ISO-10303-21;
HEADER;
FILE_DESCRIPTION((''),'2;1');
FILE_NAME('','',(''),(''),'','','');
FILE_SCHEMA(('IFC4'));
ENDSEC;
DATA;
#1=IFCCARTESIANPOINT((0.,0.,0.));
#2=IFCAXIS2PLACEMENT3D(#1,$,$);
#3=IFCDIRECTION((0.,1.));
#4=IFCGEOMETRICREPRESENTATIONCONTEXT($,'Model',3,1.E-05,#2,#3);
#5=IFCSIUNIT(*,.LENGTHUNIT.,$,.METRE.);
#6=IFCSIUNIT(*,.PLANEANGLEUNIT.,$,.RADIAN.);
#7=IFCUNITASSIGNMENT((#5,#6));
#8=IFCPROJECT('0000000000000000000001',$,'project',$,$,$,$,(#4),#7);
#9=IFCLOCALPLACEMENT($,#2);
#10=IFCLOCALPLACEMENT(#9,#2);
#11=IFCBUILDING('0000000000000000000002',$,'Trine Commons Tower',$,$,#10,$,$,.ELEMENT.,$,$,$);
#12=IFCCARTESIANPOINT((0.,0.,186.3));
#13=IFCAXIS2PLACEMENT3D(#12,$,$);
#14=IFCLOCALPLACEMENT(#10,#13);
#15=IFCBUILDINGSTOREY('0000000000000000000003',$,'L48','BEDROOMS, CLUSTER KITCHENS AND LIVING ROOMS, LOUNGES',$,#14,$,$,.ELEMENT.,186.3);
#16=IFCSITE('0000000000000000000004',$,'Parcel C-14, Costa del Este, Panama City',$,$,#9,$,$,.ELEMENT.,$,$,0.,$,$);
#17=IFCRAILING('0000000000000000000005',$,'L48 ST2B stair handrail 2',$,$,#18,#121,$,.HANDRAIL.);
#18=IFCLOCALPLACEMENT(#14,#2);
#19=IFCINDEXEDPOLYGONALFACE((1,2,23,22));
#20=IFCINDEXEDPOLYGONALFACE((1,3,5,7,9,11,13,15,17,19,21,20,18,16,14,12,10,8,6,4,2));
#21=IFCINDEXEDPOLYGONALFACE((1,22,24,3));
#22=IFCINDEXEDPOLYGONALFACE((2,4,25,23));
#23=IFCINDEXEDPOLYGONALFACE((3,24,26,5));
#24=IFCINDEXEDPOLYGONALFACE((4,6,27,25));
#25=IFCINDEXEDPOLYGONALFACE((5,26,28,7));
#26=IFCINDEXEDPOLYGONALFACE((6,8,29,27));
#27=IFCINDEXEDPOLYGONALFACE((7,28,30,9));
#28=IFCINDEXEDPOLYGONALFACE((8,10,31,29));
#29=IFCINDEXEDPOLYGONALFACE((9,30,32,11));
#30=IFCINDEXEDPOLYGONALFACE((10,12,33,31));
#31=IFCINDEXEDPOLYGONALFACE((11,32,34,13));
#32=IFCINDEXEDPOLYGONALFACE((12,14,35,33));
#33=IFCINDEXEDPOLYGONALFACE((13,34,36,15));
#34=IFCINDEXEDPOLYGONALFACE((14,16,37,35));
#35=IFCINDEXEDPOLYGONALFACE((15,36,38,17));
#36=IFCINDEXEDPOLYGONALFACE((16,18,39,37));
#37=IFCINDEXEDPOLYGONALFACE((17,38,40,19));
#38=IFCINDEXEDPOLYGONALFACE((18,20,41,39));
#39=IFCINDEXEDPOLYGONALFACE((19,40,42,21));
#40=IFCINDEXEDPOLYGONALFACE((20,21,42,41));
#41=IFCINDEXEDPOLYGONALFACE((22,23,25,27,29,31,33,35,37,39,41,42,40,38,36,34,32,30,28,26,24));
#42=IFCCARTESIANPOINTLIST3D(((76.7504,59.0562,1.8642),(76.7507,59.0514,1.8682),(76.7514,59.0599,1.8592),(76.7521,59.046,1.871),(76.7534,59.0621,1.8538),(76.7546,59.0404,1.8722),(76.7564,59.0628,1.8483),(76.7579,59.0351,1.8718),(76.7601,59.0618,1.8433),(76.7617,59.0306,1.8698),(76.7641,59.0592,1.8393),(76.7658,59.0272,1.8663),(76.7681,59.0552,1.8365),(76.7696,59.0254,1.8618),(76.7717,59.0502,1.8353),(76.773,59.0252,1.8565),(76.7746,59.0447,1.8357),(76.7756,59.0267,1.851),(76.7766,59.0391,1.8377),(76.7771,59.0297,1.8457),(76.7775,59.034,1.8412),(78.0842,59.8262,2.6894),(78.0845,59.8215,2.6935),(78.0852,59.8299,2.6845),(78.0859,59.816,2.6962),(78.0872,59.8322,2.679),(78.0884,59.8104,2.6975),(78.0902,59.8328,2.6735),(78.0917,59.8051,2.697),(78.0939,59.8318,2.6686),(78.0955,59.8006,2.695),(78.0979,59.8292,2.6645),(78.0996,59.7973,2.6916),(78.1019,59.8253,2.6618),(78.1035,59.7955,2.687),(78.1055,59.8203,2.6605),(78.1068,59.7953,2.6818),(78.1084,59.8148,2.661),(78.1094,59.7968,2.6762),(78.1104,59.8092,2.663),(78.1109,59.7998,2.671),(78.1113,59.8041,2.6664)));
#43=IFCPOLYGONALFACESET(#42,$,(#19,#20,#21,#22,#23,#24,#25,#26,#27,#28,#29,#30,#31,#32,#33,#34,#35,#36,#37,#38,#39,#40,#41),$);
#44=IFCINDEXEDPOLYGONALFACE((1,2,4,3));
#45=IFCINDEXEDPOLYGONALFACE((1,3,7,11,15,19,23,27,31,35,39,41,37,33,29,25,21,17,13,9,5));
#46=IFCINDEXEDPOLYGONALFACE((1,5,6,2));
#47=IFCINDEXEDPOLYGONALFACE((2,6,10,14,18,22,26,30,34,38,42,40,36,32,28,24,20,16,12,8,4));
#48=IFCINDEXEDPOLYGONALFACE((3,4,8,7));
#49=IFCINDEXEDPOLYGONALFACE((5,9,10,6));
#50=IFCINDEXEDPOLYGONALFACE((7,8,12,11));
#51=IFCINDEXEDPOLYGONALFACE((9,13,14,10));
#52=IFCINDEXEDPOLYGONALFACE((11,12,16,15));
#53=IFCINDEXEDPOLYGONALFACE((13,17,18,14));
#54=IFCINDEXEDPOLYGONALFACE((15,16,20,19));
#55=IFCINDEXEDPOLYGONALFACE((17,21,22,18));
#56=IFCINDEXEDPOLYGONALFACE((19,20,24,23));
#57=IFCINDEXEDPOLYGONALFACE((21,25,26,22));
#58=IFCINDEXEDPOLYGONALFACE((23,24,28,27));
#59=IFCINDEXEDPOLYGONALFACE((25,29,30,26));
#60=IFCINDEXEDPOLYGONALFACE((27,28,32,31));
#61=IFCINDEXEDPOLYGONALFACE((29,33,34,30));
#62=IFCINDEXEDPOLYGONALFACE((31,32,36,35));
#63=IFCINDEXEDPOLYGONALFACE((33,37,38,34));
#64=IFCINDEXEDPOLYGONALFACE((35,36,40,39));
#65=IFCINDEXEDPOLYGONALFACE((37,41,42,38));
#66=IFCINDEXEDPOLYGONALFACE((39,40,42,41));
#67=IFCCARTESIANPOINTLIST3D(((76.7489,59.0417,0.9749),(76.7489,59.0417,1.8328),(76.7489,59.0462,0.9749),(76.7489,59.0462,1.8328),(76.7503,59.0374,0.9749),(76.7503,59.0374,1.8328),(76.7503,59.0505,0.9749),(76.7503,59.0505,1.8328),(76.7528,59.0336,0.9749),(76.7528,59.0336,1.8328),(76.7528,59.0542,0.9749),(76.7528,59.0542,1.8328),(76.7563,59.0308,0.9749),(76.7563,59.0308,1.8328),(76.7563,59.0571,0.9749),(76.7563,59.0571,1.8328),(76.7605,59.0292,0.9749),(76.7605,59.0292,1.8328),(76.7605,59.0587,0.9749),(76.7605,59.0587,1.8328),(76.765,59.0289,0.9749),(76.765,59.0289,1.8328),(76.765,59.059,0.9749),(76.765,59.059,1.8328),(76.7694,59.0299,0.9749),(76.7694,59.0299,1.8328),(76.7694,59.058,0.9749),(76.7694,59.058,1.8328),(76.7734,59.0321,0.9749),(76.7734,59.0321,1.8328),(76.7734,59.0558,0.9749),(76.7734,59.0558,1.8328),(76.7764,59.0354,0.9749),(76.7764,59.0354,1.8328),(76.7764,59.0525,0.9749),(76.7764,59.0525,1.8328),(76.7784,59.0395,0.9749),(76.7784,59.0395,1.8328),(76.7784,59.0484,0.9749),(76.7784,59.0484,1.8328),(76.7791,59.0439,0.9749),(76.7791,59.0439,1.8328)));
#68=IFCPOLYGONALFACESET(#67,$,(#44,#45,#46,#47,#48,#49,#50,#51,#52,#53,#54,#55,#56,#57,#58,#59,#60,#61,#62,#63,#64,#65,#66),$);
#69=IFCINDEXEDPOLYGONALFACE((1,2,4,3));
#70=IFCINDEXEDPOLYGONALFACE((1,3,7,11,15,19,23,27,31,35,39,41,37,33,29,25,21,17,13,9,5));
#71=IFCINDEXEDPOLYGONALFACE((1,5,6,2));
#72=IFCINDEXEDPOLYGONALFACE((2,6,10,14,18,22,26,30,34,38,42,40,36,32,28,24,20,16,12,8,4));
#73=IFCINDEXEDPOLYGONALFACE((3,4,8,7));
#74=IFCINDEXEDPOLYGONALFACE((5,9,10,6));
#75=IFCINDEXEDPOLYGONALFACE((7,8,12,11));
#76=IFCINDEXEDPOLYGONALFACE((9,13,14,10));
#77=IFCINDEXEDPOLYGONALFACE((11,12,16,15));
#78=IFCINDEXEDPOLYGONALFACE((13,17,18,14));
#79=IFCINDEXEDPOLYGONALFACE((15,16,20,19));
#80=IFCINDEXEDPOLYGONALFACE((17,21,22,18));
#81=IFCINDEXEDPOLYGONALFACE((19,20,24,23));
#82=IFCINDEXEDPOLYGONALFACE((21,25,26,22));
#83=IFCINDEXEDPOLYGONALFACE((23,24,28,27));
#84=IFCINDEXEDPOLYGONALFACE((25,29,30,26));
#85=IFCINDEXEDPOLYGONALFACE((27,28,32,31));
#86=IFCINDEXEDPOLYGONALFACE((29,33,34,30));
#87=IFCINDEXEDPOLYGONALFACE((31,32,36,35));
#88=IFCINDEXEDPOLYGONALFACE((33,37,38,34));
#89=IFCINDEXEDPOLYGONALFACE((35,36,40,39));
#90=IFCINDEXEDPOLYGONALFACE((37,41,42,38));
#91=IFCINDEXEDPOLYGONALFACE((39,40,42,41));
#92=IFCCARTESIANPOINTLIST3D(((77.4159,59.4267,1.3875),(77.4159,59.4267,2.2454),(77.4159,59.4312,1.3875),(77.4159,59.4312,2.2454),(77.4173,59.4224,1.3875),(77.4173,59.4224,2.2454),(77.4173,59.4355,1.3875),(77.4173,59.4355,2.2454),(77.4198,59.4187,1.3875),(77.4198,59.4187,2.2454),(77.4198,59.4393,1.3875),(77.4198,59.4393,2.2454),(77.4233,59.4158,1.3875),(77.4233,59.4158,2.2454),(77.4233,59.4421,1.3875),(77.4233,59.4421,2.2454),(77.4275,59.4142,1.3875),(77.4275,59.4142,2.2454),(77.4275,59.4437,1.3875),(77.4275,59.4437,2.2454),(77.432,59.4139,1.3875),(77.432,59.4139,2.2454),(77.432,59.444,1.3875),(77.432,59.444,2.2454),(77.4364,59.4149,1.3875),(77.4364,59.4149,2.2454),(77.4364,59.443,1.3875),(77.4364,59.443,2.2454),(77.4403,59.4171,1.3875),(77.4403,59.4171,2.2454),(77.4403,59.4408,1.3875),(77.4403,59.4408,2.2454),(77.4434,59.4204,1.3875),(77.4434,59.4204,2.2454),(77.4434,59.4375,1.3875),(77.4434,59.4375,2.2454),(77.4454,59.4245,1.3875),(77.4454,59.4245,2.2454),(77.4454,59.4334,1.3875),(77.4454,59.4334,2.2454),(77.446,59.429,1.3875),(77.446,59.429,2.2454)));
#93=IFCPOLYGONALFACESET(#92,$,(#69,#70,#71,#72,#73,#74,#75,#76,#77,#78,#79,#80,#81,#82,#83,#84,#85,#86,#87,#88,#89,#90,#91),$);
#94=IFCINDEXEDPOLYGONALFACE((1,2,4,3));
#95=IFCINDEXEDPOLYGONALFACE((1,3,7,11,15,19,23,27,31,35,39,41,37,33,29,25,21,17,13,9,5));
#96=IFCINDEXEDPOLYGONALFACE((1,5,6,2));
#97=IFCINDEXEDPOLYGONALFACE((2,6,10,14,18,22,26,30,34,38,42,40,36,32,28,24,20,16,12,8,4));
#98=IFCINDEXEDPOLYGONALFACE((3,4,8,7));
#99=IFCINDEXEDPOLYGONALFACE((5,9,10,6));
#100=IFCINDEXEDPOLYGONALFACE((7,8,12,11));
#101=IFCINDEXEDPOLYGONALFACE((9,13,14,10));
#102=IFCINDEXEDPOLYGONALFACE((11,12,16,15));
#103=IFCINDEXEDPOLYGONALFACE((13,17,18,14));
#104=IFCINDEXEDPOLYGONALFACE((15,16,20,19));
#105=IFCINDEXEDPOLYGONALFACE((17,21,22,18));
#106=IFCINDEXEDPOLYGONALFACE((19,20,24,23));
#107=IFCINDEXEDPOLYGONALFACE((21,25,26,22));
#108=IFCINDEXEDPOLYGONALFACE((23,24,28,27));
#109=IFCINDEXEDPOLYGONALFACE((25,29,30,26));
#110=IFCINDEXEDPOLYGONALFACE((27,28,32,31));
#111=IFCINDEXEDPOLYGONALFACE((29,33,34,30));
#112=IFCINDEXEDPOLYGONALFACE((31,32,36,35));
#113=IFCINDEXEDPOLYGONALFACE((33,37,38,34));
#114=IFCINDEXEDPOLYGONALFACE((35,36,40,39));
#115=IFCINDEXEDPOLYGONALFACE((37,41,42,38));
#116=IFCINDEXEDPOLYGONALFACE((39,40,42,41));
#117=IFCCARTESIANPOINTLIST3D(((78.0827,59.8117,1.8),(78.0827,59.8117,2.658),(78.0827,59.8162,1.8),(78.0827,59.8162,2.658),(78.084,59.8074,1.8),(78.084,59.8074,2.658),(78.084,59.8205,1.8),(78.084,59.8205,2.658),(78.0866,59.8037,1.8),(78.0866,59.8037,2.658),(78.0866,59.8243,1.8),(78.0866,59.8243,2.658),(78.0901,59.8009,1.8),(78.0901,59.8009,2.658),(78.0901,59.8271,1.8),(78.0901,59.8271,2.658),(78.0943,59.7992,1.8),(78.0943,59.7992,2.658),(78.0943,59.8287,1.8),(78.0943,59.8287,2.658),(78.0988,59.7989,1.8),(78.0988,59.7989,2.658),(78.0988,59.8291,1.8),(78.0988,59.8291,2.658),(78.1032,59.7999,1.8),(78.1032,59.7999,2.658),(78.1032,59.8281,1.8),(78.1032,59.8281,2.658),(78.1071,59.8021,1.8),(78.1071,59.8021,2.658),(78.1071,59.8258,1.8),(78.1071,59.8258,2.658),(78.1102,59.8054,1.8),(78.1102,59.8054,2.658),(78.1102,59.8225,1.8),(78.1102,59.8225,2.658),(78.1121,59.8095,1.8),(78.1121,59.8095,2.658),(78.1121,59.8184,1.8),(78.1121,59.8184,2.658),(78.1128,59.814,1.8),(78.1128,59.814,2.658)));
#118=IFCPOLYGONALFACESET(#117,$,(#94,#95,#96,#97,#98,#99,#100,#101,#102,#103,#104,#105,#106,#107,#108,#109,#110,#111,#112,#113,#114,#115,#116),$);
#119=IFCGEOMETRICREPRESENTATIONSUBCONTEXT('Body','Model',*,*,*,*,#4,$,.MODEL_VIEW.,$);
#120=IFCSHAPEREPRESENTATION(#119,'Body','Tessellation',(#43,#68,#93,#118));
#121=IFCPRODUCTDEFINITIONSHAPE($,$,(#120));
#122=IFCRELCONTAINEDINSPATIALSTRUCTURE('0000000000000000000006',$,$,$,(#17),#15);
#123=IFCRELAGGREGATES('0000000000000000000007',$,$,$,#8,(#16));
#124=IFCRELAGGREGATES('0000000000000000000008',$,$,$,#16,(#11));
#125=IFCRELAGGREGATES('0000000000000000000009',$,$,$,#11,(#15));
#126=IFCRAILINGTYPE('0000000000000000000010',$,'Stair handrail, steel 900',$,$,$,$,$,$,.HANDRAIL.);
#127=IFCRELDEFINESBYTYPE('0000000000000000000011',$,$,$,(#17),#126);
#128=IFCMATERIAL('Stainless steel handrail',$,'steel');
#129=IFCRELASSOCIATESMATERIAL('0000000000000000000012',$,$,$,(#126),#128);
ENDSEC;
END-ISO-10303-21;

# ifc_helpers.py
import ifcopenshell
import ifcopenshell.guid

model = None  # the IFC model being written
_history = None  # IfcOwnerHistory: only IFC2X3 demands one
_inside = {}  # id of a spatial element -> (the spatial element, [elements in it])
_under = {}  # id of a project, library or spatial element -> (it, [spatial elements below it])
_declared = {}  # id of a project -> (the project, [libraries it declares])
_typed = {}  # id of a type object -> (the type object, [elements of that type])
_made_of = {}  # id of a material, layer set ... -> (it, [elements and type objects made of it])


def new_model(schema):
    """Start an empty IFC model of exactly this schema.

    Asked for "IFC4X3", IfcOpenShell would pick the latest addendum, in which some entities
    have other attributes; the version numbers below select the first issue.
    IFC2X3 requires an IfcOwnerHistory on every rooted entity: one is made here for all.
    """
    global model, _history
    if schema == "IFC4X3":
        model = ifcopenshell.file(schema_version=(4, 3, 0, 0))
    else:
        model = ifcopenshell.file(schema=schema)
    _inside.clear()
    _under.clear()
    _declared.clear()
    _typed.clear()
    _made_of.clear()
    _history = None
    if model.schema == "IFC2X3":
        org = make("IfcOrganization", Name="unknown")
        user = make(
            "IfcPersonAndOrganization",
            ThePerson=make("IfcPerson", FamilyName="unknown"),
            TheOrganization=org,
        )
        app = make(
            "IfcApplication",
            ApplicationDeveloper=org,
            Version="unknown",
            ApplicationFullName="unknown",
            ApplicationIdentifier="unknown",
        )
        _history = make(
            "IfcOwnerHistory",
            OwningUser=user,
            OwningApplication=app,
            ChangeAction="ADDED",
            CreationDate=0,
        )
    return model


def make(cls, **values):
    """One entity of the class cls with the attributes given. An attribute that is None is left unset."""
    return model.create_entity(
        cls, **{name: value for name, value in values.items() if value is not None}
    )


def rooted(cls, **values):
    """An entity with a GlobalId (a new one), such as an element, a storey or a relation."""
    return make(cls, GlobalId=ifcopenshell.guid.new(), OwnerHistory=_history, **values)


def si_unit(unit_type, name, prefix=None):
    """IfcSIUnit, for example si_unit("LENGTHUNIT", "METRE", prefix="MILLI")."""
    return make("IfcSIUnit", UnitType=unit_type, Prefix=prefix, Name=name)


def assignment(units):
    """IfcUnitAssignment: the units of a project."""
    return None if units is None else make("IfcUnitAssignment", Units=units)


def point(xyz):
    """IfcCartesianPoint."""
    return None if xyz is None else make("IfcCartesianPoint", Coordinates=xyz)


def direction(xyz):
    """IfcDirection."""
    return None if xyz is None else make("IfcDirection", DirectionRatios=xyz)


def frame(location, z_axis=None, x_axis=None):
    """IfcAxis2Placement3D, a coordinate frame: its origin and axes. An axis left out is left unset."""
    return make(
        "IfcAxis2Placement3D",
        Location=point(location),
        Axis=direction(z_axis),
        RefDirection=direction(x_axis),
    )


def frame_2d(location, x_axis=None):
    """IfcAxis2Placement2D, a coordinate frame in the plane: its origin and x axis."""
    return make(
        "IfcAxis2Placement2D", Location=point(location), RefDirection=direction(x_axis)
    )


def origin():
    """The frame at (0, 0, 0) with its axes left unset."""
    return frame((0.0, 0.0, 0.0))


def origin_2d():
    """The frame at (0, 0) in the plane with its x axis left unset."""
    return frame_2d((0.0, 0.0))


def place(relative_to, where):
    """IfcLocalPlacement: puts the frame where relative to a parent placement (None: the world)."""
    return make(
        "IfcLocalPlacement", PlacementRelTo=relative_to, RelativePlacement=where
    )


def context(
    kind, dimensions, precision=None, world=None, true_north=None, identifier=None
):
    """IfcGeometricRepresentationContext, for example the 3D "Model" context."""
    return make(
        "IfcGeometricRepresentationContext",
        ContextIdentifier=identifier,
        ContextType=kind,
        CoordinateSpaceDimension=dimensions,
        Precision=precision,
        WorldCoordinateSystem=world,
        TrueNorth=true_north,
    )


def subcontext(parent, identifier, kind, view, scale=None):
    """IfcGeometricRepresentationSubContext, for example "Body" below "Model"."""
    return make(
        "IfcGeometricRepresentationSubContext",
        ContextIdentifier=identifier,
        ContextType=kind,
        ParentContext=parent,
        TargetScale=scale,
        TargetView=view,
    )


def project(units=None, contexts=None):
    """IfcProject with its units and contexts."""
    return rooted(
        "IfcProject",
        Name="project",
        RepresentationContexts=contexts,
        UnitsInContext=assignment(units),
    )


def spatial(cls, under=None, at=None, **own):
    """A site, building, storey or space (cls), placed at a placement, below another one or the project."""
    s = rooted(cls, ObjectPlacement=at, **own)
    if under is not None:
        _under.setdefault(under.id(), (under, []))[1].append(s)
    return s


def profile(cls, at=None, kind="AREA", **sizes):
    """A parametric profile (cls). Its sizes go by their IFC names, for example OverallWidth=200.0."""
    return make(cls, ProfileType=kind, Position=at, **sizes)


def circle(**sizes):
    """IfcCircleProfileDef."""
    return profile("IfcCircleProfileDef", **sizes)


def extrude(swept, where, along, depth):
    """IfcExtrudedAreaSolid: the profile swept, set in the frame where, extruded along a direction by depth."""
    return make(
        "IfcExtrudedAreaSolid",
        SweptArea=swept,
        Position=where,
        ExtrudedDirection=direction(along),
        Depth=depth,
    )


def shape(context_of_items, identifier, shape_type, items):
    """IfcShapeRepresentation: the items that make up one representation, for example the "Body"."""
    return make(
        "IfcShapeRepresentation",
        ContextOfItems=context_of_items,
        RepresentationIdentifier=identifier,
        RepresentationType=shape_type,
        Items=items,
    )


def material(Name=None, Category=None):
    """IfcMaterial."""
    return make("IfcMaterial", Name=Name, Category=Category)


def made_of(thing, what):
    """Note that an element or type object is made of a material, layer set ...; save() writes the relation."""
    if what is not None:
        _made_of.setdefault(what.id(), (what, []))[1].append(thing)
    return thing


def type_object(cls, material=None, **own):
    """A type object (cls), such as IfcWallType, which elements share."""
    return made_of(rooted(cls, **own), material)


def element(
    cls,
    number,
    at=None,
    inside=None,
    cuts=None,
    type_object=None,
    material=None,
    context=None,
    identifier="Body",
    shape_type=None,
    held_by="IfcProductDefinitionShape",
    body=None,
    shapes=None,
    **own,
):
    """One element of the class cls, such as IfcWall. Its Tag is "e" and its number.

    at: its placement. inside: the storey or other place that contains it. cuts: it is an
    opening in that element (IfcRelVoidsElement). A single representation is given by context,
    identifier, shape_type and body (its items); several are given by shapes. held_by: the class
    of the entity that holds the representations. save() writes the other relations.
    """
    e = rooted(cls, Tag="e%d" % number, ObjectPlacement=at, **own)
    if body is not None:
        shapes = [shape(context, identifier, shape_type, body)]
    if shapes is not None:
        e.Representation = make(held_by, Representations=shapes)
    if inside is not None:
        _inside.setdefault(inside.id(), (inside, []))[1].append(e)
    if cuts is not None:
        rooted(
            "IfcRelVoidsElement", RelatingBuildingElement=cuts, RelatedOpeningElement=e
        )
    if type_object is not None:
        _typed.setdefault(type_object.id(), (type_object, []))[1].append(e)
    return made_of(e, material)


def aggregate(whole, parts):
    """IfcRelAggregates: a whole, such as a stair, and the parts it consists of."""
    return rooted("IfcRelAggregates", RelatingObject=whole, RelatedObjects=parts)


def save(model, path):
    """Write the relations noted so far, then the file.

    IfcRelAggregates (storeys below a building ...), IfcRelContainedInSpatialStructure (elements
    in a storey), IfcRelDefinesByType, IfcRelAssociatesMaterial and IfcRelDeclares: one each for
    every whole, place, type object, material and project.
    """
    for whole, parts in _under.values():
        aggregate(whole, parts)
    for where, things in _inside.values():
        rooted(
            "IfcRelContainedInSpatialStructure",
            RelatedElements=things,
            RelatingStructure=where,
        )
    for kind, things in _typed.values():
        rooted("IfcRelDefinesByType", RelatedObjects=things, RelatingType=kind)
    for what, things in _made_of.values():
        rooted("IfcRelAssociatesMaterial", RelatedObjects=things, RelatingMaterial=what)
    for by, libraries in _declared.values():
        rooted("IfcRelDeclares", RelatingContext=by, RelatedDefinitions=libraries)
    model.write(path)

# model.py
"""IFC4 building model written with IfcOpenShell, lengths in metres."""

from ifc_helpers import new_model, si_unit, direction, frame, origin, origin_2d, place, context, subcontext, project, spatial, circle, extrude, material, type_object, element, save


model = new_model("IFC4")

# Units and contexts
model_context = context("Model", 3, precision=1e-05, world=origin(), true_north=direction((0.0, 1.0)))
body_context = subcontext(model_context, "Body", "Model", "MODEL_VIEW")
ifc_project = project(units=[si_unit("LENGTHUNIT", "METRE"), si_unit("PLANEANGLEUNIT", "RADIAN")], contexts=[model_context])

# Site, building, storey
site_placement = place(None, origin())
site = spatial("IfcSite", under=ifc_project, at=site_placement, Name="Parcel C-14, Costa del Este, Panama City", CompositionType="ELEMENT", RefElevation=0.0)
building_placement = place(site_placement, origin())
building = spatial("IfcBuilding", under=site, at=building_placement, Name="Trine Commons Tower", CompositionType="ELEMENT")
storey_placement = place(building_placement, frame((0.0, 0.0, 186.3)))
storey = spatial("IfcBuildingStorey", under=building, at=storey_placement, Name="L48", Description="BEDROOMS, CLUSTER KITCHENS AND LIVING ROOMS, LOUNGES", CompositionType="ELEMENT", Elevation=186.3)

# Railing
ifc_material_1 = material(Name="Stainless steel handrail", Category="steel")
railing_type_1 = type_object("IfcRailingType", Name="Stair handrail, steel 900", PredefinedType="HANDRAIL", material=ifc_material_1)
railing_1_placement = place(storey_placement, frame((76.7639, 59.0439, 0.9749)))
element("IfcRailing", 1, at=railing_1_placement, inside=storey, type_object=railing_type_1, Name="L48 ST2B stair handrail 2", PredefinedType="HANDRAIL", context=body_context, shape_type="SweptSolid", body=[
    extrude(circle(Radius=0.021, at=origin_2d()), frame((0.0, 0.0, 0.8789), z_axis=(0.763355, 0.440714, 0.472293), x_axis=(-0.499992, 0.86603, 0.0)), (0.0, 0.0, 1.0), 1.7473),
    extrude(circle(Radius=0.0151, at=origin_2d()), origin(), (0.0, 0.0, 1.0), 0.8579),
    extrude(circle(Radius=0.0151, at=origin_2d()), frame((0.667, 0.385, 0.4126)), (0.0, 0.0, 1.0), 0.8579),
    extrude(circle(Radius=0.0151, at=origin_2d()), frame((1.3337, 0.77, 0.8252)), (0.0, 0.0, 1.0), 0.8579),
])

save(model, "model.ifc")
